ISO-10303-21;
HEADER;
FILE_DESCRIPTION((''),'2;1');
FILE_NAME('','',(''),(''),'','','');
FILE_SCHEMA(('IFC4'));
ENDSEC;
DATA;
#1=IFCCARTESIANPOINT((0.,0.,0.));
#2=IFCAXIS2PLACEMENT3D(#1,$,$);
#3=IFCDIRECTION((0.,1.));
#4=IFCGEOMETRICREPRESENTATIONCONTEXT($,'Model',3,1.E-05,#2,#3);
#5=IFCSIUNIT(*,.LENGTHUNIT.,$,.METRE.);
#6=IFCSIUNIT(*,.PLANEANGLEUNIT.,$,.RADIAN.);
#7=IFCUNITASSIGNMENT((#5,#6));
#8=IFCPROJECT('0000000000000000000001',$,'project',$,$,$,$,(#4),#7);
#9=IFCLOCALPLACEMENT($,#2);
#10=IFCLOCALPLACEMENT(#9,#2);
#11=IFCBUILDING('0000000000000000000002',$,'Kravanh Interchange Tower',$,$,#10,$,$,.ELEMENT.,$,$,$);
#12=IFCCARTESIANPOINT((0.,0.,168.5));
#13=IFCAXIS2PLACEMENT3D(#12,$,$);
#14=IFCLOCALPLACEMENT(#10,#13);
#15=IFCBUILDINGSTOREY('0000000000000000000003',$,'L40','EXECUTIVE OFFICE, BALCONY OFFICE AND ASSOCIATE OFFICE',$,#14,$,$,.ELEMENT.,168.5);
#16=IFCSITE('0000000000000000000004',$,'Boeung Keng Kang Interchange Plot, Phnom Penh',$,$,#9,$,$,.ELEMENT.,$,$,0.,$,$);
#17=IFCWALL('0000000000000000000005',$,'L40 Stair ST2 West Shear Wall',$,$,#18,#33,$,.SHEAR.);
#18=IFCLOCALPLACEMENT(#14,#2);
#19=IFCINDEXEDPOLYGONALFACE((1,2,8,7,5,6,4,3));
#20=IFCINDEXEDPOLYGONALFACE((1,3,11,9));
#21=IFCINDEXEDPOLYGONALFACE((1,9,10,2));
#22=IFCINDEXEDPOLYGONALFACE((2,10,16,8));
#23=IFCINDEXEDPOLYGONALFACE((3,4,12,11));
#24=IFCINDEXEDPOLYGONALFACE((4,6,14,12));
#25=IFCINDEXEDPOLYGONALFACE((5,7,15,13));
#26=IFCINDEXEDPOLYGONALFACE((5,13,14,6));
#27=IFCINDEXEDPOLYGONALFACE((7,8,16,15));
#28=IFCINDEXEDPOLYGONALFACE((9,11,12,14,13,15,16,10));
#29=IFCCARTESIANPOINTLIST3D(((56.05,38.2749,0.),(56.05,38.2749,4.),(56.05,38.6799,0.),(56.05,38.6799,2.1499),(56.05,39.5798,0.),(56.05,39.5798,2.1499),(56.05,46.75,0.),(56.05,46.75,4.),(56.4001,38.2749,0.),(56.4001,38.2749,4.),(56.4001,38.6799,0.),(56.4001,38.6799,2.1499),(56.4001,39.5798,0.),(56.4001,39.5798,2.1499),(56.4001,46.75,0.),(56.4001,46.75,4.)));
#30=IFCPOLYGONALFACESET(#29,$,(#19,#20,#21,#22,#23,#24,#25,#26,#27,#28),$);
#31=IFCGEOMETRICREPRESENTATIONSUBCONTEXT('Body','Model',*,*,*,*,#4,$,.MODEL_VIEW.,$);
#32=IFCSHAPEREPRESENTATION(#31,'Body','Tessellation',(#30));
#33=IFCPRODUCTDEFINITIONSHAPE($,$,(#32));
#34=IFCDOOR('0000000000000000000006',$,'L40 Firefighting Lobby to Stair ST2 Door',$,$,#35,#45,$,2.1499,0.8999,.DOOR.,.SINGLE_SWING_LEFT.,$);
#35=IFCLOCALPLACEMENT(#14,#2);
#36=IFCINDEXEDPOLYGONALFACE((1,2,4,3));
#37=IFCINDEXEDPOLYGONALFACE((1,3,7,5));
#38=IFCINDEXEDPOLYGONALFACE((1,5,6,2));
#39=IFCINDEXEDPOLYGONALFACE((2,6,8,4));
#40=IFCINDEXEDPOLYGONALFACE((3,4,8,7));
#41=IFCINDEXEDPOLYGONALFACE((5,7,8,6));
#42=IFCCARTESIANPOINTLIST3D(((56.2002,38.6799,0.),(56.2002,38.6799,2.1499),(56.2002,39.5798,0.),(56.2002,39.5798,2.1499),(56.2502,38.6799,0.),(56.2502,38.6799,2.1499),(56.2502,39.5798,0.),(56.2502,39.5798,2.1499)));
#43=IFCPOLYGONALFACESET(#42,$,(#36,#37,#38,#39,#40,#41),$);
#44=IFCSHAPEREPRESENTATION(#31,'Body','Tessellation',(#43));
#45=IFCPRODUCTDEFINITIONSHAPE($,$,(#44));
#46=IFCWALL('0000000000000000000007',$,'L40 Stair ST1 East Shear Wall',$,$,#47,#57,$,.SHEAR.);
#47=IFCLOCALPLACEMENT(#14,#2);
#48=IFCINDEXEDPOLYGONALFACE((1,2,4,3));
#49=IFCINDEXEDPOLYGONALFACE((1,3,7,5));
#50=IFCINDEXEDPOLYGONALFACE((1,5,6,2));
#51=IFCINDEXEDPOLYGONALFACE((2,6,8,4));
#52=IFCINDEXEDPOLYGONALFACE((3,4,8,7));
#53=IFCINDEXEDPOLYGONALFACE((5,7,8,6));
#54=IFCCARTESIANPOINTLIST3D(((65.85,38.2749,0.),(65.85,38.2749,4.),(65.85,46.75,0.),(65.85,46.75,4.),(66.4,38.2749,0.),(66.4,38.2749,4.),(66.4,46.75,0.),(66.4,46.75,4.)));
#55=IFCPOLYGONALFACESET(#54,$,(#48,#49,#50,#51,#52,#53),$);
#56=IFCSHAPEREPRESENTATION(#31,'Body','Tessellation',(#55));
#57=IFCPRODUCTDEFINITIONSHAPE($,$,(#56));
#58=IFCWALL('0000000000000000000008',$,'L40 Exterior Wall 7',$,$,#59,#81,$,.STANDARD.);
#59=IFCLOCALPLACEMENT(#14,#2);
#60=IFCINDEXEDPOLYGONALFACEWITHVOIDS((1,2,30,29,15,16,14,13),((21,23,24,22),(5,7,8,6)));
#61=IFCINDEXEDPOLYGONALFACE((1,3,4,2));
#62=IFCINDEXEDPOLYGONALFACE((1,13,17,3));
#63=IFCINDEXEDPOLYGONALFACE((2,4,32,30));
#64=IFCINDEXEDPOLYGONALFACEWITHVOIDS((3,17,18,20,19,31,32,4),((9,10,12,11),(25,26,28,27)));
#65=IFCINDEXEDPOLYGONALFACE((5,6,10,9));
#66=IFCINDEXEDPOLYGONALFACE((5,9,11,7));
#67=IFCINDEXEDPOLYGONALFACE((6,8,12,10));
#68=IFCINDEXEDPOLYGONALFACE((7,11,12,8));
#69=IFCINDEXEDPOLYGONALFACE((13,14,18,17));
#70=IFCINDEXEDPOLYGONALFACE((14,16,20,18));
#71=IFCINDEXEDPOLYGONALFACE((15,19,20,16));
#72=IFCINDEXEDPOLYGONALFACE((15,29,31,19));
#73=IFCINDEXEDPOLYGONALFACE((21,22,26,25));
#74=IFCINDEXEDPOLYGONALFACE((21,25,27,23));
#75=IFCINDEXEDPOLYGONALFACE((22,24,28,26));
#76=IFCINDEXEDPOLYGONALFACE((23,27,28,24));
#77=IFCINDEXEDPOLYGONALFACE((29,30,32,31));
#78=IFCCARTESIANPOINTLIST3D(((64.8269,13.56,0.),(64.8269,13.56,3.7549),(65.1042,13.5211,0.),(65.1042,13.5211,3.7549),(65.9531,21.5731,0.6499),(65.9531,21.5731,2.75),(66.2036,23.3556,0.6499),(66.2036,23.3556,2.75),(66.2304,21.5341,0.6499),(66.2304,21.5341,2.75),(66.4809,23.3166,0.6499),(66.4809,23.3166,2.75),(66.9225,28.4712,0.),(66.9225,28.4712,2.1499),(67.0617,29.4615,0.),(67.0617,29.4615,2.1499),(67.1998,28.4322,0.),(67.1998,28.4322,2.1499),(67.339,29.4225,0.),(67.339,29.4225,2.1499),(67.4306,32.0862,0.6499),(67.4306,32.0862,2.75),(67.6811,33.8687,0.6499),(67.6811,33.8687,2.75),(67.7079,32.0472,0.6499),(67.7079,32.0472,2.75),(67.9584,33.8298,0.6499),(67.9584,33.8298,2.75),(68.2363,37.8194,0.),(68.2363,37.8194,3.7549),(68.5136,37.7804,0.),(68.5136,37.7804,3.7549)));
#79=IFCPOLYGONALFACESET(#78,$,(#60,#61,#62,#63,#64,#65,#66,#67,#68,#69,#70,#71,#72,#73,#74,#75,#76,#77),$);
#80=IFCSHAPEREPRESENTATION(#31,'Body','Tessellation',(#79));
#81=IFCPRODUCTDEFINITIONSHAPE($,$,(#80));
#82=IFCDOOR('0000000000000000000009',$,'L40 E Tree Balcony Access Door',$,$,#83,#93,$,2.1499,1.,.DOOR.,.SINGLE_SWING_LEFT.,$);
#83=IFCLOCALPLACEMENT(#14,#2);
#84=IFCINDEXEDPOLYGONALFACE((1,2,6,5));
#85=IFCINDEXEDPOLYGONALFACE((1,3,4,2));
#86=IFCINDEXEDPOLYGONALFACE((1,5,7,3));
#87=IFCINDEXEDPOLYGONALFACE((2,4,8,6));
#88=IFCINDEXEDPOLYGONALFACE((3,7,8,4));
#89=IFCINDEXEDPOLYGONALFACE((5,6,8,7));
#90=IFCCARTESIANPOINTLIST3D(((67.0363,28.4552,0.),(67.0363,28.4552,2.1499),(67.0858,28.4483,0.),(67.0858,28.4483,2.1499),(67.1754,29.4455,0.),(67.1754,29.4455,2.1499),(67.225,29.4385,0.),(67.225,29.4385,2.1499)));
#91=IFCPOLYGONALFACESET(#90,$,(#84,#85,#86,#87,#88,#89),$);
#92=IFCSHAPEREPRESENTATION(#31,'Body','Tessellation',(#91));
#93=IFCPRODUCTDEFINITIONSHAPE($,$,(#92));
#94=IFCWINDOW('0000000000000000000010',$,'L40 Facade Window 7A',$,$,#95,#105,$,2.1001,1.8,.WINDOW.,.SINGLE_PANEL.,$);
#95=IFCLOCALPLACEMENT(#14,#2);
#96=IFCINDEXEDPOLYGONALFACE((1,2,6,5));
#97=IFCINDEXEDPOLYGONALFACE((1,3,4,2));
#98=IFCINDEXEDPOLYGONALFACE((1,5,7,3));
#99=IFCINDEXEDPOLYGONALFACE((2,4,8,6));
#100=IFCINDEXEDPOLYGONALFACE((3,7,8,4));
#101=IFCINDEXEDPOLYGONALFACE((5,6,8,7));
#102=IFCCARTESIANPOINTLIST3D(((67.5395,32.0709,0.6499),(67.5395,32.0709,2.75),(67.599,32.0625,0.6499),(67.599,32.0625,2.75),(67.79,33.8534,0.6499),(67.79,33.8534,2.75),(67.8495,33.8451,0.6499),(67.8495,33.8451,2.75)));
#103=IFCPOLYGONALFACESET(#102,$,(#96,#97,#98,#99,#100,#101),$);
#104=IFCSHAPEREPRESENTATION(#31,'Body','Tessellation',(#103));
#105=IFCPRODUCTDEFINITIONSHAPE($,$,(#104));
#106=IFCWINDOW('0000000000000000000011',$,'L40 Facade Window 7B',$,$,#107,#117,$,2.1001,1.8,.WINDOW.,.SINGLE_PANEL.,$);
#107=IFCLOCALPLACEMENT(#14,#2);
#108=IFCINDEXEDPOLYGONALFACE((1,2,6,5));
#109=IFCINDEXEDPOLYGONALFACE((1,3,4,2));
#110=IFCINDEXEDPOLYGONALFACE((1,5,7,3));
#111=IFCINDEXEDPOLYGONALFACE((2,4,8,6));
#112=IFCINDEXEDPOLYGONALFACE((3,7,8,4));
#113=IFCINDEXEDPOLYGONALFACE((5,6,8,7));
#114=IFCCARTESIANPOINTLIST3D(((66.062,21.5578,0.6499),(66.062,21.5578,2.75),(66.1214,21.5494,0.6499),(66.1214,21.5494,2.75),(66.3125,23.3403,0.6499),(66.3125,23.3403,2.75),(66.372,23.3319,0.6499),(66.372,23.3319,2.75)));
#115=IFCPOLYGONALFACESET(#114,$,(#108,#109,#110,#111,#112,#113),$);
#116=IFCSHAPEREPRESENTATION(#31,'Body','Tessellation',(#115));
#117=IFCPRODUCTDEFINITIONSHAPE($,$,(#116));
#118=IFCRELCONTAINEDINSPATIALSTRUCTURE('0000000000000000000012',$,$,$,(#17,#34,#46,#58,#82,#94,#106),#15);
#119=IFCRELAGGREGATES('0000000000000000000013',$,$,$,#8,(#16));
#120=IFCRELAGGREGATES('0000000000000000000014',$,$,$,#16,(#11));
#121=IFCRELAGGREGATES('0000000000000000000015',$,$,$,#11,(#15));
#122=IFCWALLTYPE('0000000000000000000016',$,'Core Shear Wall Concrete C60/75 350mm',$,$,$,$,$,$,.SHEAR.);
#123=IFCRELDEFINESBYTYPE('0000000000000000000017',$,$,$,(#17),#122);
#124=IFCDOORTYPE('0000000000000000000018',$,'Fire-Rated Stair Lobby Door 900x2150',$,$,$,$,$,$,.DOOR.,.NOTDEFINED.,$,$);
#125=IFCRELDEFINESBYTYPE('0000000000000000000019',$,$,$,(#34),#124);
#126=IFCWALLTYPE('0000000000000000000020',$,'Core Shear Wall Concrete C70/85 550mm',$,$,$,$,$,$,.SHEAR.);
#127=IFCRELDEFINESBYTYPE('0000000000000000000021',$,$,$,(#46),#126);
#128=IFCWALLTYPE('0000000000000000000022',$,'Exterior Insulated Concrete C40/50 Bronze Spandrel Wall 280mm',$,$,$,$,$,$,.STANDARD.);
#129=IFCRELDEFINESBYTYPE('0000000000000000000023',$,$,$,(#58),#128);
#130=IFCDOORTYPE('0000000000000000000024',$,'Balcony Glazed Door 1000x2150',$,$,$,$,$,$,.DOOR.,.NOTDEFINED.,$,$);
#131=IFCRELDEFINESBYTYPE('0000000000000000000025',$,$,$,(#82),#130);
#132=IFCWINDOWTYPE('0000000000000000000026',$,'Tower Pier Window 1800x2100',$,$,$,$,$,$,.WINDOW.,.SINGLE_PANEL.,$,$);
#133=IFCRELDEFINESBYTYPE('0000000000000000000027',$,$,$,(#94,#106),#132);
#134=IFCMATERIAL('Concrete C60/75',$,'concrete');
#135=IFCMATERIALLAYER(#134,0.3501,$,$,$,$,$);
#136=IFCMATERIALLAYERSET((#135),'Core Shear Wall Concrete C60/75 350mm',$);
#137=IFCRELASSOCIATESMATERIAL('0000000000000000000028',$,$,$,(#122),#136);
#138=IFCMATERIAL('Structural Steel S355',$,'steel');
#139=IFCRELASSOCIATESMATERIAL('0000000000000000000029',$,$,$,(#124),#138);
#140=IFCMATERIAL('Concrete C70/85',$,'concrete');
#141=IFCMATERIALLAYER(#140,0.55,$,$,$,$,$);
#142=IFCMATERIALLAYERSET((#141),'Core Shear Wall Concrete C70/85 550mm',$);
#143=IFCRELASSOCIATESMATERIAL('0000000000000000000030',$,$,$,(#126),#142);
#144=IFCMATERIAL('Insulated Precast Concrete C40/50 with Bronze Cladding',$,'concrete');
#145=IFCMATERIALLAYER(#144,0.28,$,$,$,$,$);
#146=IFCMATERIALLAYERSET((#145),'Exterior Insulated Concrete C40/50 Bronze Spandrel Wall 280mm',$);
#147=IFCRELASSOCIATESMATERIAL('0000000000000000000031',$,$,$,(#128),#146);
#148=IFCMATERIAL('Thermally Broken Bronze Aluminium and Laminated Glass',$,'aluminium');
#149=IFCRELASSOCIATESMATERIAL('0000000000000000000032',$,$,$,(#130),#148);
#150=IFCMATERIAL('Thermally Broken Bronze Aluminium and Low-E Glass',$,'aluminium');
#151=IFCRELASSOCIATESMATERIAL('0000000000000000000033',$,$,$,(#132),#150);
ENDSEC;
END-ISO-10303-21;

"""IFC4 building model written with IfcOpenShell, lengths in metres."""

from ifc_helpers import new_model, si_unit, direction, frame, frame_2d, origin, place, context, subcontext, project, spatial, rectangle, extrude, material, layer, layer_set, type_object, element, fill, save


model = new_model("IFC4")

# Units and contexts
model_context = context("Model", 3, precision=1e-05, world=origin(), true_north=direction((0.0, 1.0)))
body_context = subcontext(model_context, "Body", "Model", "MODEL_VIEW")
ifc_project = project(units=[si_unit("LENGTHUNIT", "METRE"), si_unit("PLANEANGLEUNIT", "RADIAN")], contexts=[model_context])

# Site, building, storey
site_placement = place(None, origin())
site = spatial("IfcSite", under=ifc_project, at=site_placement, Name="Boeung Keng Kang Interchange Plot, Phnom Penh", CompositionType="ELEMENT", RefElevation=0.0)
building_placement = place(site_placement, origin())
building = spatial("IfcBuilding", under=site, at=building_placement, Name="Kravanh Interchange Tower", CompositionType="ELEMENT")
storey_placement = place(building_placement, frame((0.0, 0.0, 168.5)))
storey = spatial("IfcBuildingStorey", under=building, at=storey_placement, Name="L40", Description="EXECUTIVE OFFICE, BALCONY OFFICE AND ASSOCIATE OFFICE", CompositionType="ELEMENT", Elevation=168.5)

# Shared definitions
ifc_material_1 = material(Name="Concrete C60/75", Category="concrete")
ifc_layer_1 = layer(ifc_material_1, 0.3501)
ifc_layer_set_1 = layer_set([ifc_layer_1], Name="Core Shear Wall Concrete C60/75 350mm")
wall_type_1 = type_object("IfcWallType", Name="Core Shear Wall Concrete C60/75 350mm", PredefinedType="SHEAR", material=ifc_layer_set_1)

# Wall, opening, door
wall_1_placement = place(storey_placement, frame((56.2251, 38.2749, 0.0), z_axis=(0.0, 0.0, 1.0), x_axis=(0.0, 1.0, 0.0)))
wall_1 = element("IfcWall", 1, at=wall_1_placement, inside=storey, type_object=wall_type_1, Name="L40 Stair ST2 West Shear Wall", PredefinedType="SHEAR", context=body_context, shape_type="SweptSolid", body=[
    extrude(rectangle(XDim=8.4751, YDim=0.3501, at=frame_2d((4.2375, 0.0))), origin(), (0.0, 0.0, 1.0), 4.0),
])
opening_1_placement = place(wall_1_placement, frame((0.405, 0.0, 0.0)))
opening_1 = element("IfcOpeningElement", 2, at=opening_1_placement, cuts=wall_1, PredefinedType="OPENING", context=body_context, shape_type="SweptSolid", body=[
    extrude(rectangle(XDim=0.8999, YDim=2.1499, at=frame_2d((0.45, 1.075))), frame((0.0, 0.1851, 0.0), z_axis=(0.0, -1.0, 0.0), x_axis=(1.0, 0.0, 0.0)), (0.0, 0.0, 1.0), 0.3701),
])
ifc_material_2 = material(Name="Structural Steel S355", Category="steel")
door_type_1 = type_object("IfcDoorType", Name="Fire-Rated Stair Lobby Door 900x2150", OperationType="NOTDEFINED", PredefinedType="DOOR", material=ifc_material_2)
door_1_placement = place(opening_1_placement, origin())
door_1 = element("IfcDoor", 3, at=door_1_placement, inside=storey, type_object=door_type_1, Name="L40 Firefighting Lobby to Stair ST2 Door", OperationType="SINGLE_SWING_LEFT", OverallHeight=2.1499, OverallWidth=0.8999, PredefinedType="DOOR", context=body_context, shape_type="SweptSolid", body=[
    extrude(rectangle(XDim=0.8999, YDim=2.1499, at=frame_2d((0.45, 1.075))), frame((0.0, 0.0249, 0.0), z_axis=(0.0, -1.0, 0.0), x_axis=(1.0, 0.0, 0.0)), (0.0, 0.0, 1.0), 0.05),
])
fill(opening_1, door_1)

# Wall
ifc_material_3 = material(Name="Concrete C70/85", Category="concrete")
ifc_layer_2 = layer(ifc_material_3, 0.55)
ifc_layer_set_2 = layer_set([ifc_layer_2], Name="Core Shear Wall Concrete C70/85 550mm")
wall_type_2 = type_object("IfcWallType", Name="Core Shear Wall Concrete C70/85 550mm", PredefinedType="SHEAR", material=ifc_layer_set_2)
wall_2_placement = place(storey_placement, frame((66.125, 38.2749, 0.0), z_axis=(0.0, 0.0, 1.0), x_axis=(0.0, 1.0, 0.0)))
element("IfcWall", 4, at=wall_2_placement, inside=storey, type_object=wall_type_2, Name="L40 Stair ST1 East Shear Wall", PredefinedType="SHEAR", context=body_context, shape_type="SweptSolid", body=[
    extrude(rectangle(XDim=8.4751, YDim=0.55, at=frame_2d((4.2375, 0.0))), origin(), (0.0, 0.0, 1.0), 4.0),
])

# Wall, openings, door, windows
ifc_material_4 = material(Name="Insulated Precast Concrete C40/50 with Bronze Cladding", Category="concrete")
ifc_layer_3 = layer(ifc_material_4, 0.28)
ifc_layer_set_3 = layer_set([ifc_layer_3], Name="Exterior Insulated Concrete C40/50 Bronze Spandrel Wall 280mm")
wall_type_3 = type_object("IfcWallType", Name="Exterior Insulated Concrete C40/50 Bronze Spandrel Wall 280mm", PredefinedType="STANDARD", material=ifc_layer_set_3)
wall_3_placement = place(storey_placement, frame((68.375, 37.8, 0.0), z_axis=(0.0, 0.0, 1.0), x_axis=(-0.139173, -0.990268, 0.0)))
wall_3 = element("IfcWall", 5, at=wall_3_placement, inside=storey, type_object=wall_type_3, Name="L40 Exterior Wall 7", PredefinedType="STANDARD", context=body_context, shape_type="SweptSolid", body=[
    extrude(rectangle(XDim=24.4978, YDim=0.28, at=frame_2d((12.249, 0.0))), origin(), (0.0, 0.0, 1.0), 3.7549),
])
opening_2_placement = place(wall_3_placement, frame((8.4402, 0.0, 0.0)))
opening_2 = element("IfcOpeningElement", 6, at=opening_2_placement, cuts=wall_3, PredefinedType="OPENING", context=body_context, shape_type="SweptSolid", body=[
    extrude(rectangle(XDim=1.0, YDim=2.1499, at=frame_2d((0.5, 1.075))), frame((0.0, 0.1499, 0.0), z_axis=(0.0, -1.0, 0.0), x_axis=(1.0, 0.0, 0.0)), (0.0, 0.0, 1.0), 0.3),
])
opening_3_placement = place(wall_3_placement, frame((3.9897, 0.0, 0.6499)))
opening_3 = element("IfcOpeningElement", 7, at=opening_3_placement, cuts=wall_3, PredefinedType="OPENING", context=body_context, shape_type="SweptSolid", body=[
    extrude(rectangle(XDim=1.8, YDim=2.1001, at=frame_2d((0.8999, 1.05))), frame((0.0, 0.1499, 0.0), z_axis=(0.0, -1.0, 0.0), x_axis=(1.0, 0.0, 0.0)), (0.0, 0.0, 1.0), 0.3),
])
opening_4_placement = place(wall_3_placement, frame((14.6062, 0.0, 0.6499)))
opening_4 = element("IfcOpeningElement", 8, at=opening_4_placement, cuts=wall_3, PredefinedType="OPENING", context=body_context, shape_type="SweptSolid", body=[
    extrude(rectangle(XDim=1.8, YDim=2.1001, at=frame_2d((0.8999, 1.05))), frame((0.0, 0.1499, 0.0), z_axis=(0.0, -1.0, 0.0), x_axis=(1.0, 0.0, 0.0)), (0.0, 0.0, 1.0), 0.3),
])
ifc_material_5 = material(Name="Thermally Broken Bronze Aluminium and Laminated Glass", Category="aluminium")
door_type_2 = type_object("IfcDoorType", Name="Balcony Glazed Door 1000x2150", OperationType="NOTDEFINED", PredefinedType="DOOR", material=ifc_material_5)
door_2_placement = place(opening_2_placement, origin())
door_2 = element("IfcDoor", 9, at=door_2_placement, inside=storey, type_object=door_type_2, Name="L40 E Tree Balcony Access Door", OperationType="SINGLE_SWING_LEFT", OverallHeight=2.1499, OverallWidth=1.0, PredefinedType="DOOR", context=body_context, shape_type="SweptSolid", body=[
    extrude(rectangle(XDim=1.0, YDim=2.1499, at=frame_2d((0.5, 1.075))), frame((0.0, 0.0249, 0.0), z_axis=(0.0, -1.0, 0.0), x_axis=(1.0, 0.0, 0.0)), (0.0, 0.0, 1.0), 0.05),
])
fill(opening_2, door_2)
ifc_material_6 = material(Name="Thermally Broken Bronze Aluminium and Low-E Glass", Category="aluminium")
window_type = type_object("IfcWindowType", Name="Tower Pier Window 1800x2100", PartitioningType="SINGLE_PANEL", PredefinedType="WINDOW", material=ifc_material_6)
window_1_placement = place(opening_3_placement, origin())
window_1 = element("IfcWindow", 10, at=window_1_placement, inside=storey, type_object=window_type, Name="L40 Facade Window 7A", OverallHeight=2.1001, OverallWidth=1.8, PartitioningType="SINGLE_PANEL", PredefinedType="WINDOW", context=body_context, shape_type="SweptSolid", body=[
    extrude(rectangle(XDim=1.8, YDim=2.1001, at=frame_2d((0.8999, 1.05))), frame((0.0, 0.03, 0.0), z_axis=(0.0, -1.0, 0.0), x_axis=(1.0, 0.0, 0.0)), (0.0, 0.0, 1.0), 0.0601),
])
fill(opening_3, window_1)
window_2_placement = place(opening_4_placement, origin())
window_2 = element("IfcWindow", 11, at=window_2_placement, inside=storey, type_object=window_type, Name="L40 Facade Window 7B", OverallHeight=2.1001, OverallWidth=1.8, PartitioningType="SINGLE_PANEL", PredefinedType="WINDOW", context=body_context, shape_type="SweptSolid", body=[
    extrude(rectangle(XDim=1.8, YDim=2.1001, at=frame_2d((0.8999, 1.05))), frame((0.0, 0.03, 0.0), z_axis=(0.0, -1.0, 0.0), x_axis=(1.0, 0.0, 0.0)), (0.0, 0.0, 1.0), 0.0601),
])
fill(opening_4, window_2)

save(model, "model.ifc")
